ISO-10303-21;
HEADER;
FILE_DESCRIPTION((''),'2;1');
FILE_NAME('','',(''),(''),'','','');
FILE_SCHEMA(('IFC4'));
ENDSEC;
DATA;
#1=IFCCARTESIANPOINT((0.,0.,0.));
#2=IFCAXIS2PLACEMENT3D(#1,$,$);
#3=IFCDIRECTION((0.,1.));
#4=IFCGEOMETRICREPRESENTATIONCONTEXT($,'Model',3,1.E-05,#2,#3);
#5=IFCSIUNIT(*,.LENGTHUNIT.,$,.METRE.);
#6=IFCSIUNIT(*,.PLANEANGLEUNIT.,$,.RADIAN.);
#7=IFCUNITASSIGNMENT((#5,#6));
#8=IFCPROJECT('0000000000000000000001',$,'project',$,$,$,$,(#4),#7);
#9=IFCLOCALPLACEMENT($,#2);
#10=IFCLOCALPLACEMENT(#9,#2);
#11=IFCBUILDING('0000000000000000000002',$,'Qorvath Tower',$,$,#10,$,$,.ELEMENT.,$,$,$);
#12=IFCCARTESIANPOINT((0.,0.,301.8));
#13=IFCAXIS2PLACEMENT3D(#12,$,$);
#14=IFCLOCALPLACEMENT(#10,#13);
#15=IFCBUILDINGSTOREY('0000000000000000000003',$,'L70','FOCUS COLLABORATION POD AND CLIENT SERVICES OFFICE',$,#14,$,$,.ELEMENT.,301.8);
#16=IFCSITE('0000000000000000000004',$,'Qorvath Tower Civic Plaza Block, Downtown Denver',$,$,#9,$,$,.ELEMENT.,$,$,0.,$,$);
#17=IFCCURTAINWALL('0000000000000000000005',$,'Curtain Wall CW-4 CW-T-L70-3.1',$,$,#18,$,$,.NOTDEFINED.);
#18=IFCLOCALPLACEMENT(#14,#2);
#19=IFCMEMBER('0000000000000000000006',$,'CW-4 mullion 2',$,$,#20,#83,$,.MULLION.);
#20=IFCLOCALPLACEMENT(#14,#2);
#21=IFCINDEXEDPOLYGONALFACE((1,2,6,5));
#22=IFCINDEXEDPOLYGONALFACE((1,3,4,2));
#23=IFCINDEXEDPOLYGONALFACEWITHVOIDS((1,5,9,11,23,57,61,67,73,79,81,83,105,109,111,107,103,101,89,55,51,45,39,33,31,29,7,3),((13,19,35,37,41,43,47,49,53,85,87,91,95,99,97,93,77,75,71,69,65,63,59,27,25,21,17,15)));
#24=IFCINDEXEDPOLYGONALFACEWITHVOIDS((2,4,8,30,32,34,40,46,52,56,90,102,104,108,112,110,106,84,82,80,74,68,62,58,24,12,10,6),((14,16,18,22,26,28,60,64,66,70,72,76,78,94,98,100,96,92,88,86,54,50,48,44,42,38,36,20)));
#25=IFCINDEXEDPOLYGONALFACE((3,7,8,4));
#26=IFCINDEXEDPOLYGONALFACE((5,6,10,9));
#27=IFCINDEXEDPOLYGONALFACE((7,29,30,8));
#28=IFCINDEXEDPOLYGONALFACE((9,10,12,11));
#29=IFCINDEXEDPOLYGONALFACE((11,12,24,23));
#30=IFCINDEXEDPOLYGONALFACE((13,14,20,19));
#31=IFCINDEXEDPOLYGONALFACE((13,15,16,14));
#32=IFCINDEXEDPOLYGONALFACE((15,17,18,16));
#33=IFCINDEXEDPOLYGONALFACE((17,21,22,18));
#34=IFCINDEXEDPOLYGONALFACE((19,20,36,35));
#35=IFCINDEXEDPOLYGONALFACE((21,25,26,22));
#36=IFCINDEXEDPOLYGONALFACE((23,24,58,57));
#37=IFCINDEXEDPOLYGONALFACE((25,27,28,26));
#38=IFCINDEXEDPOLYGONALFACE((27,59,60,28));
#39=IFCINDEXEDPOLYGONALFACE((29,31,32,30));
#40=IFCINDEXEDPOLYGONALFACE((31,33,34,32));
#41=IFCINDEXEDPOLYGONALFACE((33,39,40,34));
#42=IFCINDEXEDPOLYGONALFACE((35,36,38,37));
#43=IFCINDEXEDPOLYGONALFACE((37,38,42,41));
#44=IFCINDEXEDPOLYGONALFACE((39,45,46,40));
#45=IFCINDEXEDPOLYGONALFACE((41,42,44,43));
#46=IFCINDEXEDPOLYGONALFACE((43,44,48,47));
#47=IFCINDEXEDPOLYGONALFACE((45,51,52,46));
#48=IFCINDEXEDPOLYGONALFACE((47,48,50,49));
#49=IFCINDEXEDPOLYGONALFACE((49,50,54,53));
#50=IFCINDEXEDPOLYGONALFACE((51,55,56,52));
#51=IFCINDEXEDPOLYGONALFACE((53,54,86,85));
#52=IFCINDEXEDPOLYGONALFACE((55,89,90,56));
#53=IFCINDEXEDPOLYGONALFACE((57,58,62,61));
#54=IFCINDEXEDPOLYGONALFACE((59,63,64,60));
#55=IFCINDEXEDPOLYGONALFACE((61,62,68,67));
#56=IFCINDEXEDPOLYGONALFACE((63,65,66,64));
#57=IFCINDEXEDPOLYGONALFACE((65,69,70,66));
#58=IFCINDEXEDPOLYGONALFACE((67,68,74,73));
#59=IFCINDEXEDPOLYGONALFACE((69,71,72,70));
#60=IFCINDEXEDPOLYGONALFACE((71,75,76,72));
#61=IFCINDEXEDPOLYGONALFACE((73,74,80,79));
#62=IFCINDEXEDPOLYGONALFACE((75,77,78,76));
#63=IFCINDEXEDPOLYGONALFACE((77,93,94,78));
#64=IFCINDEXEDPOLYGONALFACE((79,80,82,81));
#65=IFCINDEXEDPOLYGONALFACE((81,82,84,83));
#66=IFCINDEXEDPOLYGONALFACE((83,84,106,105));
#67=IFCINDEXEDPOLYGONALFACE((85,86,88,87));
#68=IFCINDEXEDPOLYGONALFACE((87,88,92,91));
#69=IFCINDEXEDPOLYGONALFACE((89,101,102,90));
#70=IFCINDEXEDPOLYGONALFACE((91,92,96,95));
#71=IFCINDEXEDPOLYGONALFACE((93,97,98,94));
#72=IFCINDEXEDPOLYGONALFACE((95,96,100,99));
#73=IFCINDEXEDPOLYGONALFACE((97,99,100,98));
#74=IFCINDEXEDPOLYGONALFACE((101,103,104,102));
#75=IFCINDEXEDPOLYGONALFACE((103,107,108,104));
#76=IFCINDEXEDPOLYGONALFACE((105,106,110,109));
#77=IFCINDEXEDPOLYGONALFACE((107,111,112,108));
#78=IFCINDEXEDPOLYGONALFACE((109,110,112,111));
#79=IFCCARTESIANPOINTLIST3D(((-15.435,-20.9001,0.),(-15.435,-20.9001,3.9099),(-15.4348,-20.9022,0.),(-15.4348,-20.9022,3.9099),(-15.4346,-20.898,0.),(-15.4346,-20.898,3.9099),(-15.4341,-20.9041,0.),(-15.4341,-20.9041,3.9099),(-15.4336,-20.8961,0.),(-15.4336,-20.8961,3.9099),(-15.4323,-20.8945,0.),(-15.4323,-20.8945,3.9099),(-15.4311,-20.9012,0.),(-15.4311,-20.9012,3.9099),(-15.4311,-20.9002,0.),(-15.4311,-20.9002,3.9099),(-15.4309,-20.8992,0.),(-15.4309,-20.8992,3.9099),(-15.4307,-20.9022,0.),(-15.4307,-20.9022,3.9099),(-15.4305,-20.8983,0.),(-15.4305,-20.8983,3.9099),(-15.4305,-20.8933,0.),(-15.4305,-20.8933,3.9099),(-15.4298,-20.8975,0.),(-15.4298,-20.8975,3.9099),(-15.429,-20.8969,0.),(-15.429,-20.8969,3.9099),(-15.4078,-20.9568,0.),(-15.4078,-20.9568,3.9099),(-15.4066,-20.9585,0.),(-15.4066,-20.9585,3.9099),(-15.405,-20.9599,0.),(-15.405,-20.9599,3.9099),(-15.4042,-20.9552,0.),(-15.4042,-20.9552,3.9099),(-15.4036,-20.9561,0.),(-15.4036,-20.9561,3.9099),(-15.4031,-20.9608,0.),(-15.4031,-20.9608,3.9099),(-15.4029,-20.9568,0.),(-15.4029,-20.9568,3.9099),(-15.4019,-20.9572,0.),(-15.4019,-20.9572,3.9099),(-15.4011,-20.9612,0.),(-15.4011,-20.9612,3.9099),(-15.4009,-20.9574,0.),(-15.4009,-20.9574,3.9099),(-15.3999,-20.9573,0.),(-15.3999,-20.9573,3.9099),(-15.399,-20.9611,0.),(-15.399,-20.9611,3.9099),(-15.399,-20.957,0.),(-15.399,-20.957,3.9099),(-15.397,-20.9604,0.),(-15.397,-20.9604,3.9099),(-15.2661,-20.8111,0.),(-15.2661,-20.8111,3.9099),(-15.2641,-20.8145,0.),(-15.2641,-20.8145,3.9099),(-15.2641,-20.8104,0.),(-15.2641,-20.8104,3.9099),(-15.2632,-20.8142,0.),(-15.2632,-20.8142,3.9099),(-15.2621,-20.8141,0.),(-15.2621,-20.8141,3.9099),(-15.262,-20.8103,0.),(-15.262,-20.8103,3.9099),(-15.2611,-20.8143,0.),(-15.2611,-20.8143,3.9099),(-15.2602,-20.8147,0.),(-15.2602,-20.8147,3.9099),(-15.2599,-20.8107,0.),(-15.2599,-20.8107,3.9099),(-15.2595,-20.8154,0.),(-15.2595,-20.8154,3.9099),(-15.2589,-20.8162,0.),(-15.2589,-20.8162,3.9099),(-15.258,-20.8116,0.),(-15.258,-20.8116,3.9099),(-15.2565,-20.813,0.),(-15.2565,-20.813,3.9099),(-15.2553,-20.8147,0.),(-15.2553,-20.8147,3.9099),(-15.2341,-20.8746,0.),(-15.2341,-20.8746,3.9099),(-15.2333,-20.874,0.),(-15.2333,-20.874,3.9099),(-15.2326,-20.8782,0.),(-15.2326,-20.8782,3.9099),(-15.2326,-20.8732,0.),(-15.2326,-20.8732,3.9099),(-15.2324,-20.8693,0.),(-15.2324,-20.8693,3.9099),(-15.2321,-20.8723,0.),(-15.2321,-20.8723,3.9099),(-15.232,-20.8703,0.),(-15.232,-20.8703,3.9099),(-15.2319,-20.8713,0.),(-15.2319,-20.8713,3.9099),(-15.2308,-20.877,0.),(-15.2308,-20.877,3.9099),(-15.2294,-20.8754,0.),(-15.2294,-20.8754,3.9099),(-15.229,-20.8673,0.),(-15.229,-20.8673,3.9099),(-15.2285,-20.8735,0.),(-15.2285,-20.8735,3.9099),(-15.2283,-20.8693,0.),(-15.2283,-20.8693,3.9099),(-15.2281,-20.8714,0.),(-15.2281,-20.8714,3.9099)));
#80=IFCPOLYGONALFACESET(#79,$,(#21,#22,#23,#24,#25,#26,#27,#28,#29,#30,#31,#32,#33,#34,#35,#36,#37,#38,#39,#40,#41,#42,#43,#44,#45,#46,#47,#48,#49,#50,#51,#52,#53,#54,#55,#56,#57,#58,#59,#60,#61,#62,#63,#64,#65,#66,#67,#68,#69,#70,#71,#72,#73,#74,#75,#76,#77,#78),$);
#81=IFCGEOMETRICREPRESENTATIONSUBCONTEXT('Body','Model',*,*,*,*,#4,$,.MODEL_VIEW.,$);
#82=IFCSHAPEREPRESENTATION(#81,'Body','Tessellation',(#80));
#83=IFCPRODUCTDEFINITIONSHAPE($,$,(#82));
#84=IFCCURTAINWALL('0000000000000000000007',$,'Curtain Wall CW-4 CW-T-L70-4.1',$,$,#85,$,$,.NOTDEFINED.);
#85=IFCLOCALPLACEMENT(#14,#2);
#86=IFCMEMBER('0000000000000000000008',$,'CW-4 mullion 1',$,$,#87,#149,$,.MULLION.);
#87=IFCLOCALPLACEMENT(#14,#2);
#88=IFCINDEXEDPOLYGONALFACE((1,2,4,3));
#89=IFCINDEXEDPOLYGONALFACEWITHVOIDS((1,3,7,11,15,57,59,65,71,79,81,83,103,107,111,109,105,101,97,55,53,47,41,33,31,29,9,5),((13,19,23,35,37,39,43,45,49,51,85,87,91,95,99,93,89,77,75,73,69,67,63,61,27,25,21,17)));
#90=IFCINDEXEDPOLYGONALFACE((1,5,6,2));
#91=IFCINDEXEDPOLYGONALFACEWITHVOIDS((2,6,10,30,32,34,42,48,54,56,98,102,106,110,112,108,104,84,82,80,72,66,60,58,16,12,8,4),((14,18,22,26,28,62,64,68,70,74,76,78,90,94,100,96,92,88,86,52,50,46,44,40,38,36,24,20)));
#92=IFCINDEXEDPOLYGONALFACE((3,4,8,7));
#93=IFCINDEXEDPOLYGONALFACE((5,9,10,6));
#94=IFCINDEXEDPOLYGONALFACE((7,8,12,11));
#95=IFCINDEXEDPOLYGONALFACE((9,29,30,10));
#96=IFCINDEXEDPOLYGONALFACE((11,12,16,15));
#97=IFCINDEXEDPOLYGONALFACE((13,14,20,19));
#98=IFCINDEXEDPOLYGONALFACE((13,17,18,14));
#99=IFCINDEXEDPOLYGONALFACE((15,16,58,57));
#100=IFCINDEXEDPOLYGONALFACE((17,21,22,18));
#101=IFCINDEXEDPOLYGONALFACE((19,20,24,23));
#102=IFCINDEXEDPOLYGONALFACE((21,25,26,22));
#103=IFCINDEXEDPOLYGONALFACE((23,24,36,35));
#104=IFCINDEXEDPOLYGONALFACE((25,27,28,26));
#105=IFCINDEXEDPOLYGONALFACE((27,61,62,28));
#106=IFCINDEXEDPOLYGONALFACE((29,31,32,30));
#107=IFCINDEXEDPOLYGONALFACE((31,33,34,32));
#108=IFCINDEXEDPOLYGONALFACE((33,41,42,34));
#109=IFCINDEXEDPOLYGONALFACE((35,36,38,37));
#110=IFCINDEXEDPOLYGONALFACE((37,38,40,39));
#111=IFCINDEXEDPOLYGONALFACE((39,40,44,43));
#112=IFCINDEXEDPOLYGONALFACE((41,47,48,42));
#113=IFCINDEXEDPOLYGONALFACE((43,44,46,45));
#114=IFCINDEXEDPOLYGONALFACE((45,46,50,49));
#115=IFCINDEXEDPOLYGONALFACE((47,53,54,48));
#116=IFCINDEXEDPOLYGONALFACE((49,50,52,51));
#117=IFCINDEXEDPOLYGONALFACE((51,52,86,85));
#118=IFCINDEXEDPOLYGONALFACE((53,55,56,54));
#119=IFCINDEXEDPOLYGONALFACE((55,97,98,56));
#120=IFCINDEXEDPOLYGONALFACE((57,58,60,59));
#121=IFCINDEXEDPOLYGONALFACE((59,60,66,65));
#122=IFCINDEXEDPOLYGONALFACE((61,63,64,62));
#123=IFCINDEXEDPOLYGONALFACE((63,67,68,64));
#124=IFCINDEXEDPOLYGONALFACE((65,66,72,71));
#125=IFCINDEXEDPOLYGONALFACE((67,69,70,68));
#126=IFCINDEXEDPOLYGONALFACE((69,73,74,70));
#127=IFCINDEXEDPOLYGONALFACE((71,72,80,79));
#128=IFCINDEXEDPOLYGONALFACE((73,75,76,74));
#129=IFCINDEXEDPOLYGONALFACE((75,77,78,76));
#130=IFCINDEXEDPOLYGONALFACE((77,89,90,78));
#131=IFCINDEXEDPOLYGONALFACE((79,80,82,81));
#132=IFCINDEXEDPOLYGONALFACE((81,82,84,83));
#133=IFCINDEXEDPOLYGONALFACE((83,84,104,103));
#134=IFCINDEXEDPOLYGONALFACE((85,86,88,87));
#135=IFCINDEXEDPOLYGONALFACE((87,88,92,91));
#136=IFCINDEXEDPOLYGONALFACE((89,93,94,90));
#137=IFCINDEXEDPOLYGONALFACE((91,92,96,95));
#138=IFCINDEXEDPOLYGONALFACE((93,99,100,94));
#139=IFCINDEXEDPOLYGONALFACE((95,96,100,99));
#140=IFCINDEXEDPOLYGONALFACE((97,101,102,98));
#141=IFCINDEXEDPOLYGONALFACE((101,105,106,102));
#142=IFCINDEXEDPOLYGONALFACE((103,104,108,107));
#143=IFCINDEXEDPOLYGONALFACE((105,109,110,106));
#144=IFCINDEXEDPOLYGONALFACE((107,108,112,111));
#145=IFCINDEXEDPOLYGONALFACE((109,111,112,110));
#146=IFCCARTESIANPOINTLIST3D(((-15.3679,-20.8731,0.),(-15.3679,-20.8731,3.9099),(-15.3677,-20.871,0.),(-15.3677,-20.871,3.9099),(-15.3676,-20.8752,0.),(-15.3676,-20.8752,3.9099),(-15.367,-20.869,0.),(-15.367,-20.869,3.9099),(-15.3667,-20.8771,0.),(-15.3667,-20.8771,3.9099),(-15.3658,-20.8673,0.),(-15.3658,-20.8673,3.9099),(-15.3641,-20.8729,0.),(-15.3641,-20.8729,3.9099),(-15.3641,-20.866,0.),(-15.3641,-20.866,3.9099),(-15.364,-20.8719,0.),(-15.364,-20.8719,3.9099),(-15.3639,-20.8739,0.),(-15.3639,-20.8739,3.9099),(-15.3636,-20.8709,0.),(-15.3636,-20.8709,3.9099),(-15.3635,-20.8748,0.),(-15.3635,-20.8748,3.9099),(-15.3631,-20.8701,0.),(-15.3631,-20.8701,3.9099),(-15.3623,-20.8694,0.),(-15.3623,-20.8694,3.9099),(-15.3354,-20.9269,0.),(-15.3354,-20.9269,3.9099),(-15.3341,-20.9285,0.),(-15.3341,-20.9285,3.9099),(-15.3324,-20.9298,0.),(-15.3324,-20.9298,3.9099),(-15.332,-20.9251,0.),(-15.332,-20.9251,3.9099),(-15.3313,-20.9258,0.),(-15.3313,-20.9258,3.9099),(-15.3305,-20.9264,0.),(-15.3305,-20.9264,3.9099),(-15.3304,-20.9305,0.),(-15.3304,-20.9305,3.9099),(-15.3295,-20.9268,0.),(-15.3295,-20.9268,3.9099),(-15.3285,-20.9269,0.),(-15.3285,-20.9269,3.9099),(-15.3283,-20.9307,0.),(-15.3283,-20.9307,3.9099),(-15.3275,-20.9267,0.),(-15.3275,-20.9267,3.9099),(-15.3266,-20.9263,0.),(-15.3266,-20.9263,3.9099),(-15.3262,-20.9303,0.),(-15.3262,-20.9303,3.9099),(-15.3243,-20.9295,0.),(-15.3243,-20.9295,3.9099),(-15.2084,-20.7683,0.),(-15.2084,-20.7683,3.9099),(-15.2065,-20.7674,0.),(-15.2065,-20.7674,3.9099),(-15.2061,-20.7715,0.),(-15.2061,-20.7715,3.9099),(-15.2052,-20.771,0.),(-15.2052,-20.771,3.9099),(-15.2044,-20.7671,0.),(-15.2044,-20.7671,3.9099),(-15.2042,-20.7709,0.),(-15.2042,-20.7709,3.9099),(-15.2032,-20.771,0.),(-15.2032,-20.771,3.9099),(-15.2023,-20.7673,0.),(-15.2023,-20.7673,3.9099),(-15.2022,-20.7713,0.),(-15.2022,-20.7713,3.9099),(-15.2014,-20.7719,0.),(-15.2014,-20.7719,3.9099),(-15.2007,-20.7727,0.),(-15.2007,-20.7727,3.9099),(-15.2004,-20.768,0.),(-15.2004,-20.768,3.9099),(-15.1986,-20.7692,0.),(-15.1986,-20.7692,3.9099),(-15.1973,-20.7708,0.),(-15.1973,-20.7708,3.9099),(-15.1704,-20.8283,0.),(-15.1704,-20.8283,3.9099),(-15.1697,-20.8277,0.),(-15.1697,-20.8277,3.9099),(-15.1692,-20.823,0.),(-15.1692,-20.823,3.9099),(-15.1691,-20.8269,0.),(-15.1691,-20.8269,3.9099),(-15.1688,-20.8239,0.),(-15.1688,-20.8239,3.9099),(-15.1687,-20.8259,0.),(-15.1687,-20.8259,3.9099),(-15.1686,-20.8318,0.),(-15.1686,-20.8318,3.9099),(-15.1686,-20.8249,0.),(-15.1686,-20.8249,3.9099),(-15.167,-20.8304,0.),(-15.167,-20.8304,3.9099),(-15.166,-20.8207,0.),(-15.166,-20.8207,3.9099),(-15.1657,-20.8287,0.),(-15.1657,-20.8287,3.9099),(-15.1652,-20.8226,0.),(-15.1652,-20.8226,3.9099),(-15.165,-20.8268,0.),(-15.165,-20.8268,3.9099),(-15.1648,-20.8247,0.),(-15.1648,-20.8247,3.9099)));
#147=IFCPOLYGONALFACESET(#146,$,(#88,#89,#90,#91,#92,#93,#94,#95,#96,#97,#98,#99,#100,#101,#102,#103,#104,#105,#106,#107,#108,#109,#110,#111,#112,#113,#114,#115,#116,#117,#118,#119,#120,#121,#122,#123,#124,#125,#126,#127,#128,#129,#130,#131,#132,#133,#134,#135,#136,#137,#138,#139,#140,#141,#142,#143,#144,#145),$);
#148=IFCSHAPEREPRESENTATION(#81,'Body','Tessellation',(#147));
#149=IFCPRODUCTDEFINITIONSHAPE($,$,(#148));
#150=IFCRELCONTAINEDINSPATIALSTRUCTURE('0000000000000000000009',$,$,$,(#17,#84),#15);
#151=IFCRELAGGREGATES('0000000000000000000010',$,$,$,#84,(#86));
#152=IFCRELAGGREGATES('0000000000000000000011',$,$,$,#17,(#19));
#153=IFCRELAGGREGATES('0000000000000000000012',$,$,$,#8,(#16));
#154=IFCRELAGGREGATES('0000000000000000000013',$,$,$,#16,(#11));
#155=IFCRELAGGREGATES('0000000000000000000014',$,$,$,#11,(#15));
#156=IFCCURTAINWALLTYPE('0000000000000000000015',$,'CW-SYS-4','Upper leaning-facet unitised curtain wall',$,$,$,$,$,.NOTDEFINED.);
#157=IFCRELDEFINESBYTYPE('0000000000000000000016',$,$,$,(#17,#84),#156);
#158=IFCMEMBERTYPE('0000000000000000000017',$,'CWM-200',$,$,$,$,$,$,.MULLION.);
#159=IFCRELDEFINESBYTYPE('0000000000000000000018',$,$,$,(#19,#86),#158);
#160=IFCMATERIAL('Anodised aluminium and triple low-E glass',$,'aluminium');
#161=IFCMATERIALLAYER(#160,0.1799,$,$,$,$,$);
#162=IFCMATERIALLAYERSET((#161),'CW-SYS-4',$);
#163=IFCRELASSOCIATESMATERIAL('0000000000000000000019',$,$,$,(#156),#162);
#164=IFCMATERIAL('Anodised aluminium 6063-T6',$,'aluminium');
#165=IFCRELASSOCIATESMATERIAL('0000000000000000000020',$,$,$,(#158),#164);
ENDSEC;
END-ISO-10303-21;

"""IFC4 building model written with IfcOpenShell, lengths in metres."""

from ifc_helpers import new_model, si_unit, direction, frame, origin, origin_2d, place, context, subcontext, project, spatial, hollow_rectangle, extrude, material, layer, layer_set, material_profile, profile_set, type_object, element, aggregate, save


model = new_model("IFC4")

# Units and contexts
model_context = context("Model", 3, precision=1e-05, world=origin(), true_north=direction((0.0, 1.0)))
body_context = subcontext(model_context, "Body", "Model", "MODEL_VIEW")
ifc_project = project(units=[si_unit("LENGTHUNIT", "METRE"), si_unit("PLANEANGLEUNIT", "RADIAN")], contexts=[model_context])

# Site, building, storey
site_placement = place(None, origin())
site = spatial("IfcSite", under=ifc_project, at=site_placement, Name="Qorvath Tower Civic Plaza Block, Downtown Denver", CompositionType="ELEMENT", RefElevation=0.0)
building_placement = place(site_placement, origin())
building = spatial("IfcBuilding", under=site, at=building_placement, Name="Qorvath Tower", CompositionType="ELEMENT")
storey_placement = place(building_placement, frame((0.0, 0.0, 301.8)))
storey = spatial("IfcBuildingStorey", under=building, at=storey_placement, Name="L70", Description="FOCUS COLLABORATION POD AND CLIENT SERVICES OFFICE", CompositionType="ELEMENT", Elevation=301.8)

# Shared definitions
ifc_material_1 = material(Name="Anodised aluminium and triple low-E glass", Category="aluminium")
ifc_layer_1 = layer(ifc_material_1, 0.1799)
ifc_layer_set_1 = layer_set([ifc_layer_1], Name="CW-SYS-4")
curtain_wall_type = type_object("IfcCurtainWallType", Name="CW-SYS-4", Description="Upper leaning-facet unitised curtain wall", PredefinedType="NOTDEFINED", material=ifc_layer_set_1)
ifc_material_2 = material(Name="Anodised aluminium 6063-T6", Category="aluminium")
ifc_material_profile_1 = material_profile(ifc_material_2, hollow_rectangle(XDim=0.075, YDim=0.2, WallThickness=0.0039, InnerFilletRadius=0.0039, OuterFilletRadius=0.0081, at=origin_2d()), Name="CWM 200x75")
ifc_profile_set_1 = profile_set([ifc_material_profile_1], Name="Anodised aluminium 6063-T6")
member_type_1 = type_object("IfcMemberType", Name="CWM-200", PredefinedType="MULLION", material=ifc_profile_set_1)

# Curtain wall, member
curtain_wall_1_placement = place(storey_placement, origin())
curtain_wall_1 = element("IfcCurtainWall", 1, at=curtain_wall_1_placement, inside=storey, type_object=curtain_wall_type, Name="Curtain Wall CW-4 CW-T-L70-3.1", PredefinedType="NOTDEFINED")
member_1_placement = place(storey_placement, frame((-15.3315, -20.8857, 0.0), z_axis=(0.0, 0.0, 1.0), x_axis=(-0.447214, 0.894427, 0.0)))
member_1 = element("IfcMember", 2, at=member_1_placement, type_object=member_type_1, Name="CW-4 mullion 2", PredefinedType="MULLION", context=body_context, shape_type="SweptSolid", body=[
    extrude(hollow_rectangle(XDim=0.075, YDim=0.2, WallThickness=0.0039, InnerFilletRadius=0.0039, OuterFilletRadius=0.0081, at=origin_2d()), origin(), (0.0, 0.0, 1.0), 3.9099),
])

# Curtain wall, member
curtain_wall_2_placement = place(storey_placement, origin())
curtain_wall_2 = element("IfcCurtainWall", 3, at=curtain_wall_2_placement, inside=storey, type_object=curtain_wall_type, Name="Curtain Wall CW-4 CW-T-L70-4.1", PredefinedType="NOTDEFINED")
member_2_placement = place(storey_placement, frame((-15.2664, -20.8489, 0.0), z_axis=(0.0, 0.0, 1.0), x_axis=(-0.531382, 0.847133, 0.0)))
member_2 = element("IfcMember", 4, at=member_2_placement, type_object=member_type_1, Name="CW-4 mullion 1", PredefinedType="MULLION", context=body_context, shape_type="SweptSolid", body=[
    extrude(hollow_rectangle(XDim=0.075, YDim=0.2, WallThickness=0.0039, InnerFilletRadius=0.0039, OuterFilletRadius=0.0081, at=origin_2d()), origin(), (0.0, 0.0, 1.0), 3.9099),
])

aggregate(curtain_wall_2, [member_2])

aggregate(curtain_wall_1, [member_1])

save(model, "model.ifc")
